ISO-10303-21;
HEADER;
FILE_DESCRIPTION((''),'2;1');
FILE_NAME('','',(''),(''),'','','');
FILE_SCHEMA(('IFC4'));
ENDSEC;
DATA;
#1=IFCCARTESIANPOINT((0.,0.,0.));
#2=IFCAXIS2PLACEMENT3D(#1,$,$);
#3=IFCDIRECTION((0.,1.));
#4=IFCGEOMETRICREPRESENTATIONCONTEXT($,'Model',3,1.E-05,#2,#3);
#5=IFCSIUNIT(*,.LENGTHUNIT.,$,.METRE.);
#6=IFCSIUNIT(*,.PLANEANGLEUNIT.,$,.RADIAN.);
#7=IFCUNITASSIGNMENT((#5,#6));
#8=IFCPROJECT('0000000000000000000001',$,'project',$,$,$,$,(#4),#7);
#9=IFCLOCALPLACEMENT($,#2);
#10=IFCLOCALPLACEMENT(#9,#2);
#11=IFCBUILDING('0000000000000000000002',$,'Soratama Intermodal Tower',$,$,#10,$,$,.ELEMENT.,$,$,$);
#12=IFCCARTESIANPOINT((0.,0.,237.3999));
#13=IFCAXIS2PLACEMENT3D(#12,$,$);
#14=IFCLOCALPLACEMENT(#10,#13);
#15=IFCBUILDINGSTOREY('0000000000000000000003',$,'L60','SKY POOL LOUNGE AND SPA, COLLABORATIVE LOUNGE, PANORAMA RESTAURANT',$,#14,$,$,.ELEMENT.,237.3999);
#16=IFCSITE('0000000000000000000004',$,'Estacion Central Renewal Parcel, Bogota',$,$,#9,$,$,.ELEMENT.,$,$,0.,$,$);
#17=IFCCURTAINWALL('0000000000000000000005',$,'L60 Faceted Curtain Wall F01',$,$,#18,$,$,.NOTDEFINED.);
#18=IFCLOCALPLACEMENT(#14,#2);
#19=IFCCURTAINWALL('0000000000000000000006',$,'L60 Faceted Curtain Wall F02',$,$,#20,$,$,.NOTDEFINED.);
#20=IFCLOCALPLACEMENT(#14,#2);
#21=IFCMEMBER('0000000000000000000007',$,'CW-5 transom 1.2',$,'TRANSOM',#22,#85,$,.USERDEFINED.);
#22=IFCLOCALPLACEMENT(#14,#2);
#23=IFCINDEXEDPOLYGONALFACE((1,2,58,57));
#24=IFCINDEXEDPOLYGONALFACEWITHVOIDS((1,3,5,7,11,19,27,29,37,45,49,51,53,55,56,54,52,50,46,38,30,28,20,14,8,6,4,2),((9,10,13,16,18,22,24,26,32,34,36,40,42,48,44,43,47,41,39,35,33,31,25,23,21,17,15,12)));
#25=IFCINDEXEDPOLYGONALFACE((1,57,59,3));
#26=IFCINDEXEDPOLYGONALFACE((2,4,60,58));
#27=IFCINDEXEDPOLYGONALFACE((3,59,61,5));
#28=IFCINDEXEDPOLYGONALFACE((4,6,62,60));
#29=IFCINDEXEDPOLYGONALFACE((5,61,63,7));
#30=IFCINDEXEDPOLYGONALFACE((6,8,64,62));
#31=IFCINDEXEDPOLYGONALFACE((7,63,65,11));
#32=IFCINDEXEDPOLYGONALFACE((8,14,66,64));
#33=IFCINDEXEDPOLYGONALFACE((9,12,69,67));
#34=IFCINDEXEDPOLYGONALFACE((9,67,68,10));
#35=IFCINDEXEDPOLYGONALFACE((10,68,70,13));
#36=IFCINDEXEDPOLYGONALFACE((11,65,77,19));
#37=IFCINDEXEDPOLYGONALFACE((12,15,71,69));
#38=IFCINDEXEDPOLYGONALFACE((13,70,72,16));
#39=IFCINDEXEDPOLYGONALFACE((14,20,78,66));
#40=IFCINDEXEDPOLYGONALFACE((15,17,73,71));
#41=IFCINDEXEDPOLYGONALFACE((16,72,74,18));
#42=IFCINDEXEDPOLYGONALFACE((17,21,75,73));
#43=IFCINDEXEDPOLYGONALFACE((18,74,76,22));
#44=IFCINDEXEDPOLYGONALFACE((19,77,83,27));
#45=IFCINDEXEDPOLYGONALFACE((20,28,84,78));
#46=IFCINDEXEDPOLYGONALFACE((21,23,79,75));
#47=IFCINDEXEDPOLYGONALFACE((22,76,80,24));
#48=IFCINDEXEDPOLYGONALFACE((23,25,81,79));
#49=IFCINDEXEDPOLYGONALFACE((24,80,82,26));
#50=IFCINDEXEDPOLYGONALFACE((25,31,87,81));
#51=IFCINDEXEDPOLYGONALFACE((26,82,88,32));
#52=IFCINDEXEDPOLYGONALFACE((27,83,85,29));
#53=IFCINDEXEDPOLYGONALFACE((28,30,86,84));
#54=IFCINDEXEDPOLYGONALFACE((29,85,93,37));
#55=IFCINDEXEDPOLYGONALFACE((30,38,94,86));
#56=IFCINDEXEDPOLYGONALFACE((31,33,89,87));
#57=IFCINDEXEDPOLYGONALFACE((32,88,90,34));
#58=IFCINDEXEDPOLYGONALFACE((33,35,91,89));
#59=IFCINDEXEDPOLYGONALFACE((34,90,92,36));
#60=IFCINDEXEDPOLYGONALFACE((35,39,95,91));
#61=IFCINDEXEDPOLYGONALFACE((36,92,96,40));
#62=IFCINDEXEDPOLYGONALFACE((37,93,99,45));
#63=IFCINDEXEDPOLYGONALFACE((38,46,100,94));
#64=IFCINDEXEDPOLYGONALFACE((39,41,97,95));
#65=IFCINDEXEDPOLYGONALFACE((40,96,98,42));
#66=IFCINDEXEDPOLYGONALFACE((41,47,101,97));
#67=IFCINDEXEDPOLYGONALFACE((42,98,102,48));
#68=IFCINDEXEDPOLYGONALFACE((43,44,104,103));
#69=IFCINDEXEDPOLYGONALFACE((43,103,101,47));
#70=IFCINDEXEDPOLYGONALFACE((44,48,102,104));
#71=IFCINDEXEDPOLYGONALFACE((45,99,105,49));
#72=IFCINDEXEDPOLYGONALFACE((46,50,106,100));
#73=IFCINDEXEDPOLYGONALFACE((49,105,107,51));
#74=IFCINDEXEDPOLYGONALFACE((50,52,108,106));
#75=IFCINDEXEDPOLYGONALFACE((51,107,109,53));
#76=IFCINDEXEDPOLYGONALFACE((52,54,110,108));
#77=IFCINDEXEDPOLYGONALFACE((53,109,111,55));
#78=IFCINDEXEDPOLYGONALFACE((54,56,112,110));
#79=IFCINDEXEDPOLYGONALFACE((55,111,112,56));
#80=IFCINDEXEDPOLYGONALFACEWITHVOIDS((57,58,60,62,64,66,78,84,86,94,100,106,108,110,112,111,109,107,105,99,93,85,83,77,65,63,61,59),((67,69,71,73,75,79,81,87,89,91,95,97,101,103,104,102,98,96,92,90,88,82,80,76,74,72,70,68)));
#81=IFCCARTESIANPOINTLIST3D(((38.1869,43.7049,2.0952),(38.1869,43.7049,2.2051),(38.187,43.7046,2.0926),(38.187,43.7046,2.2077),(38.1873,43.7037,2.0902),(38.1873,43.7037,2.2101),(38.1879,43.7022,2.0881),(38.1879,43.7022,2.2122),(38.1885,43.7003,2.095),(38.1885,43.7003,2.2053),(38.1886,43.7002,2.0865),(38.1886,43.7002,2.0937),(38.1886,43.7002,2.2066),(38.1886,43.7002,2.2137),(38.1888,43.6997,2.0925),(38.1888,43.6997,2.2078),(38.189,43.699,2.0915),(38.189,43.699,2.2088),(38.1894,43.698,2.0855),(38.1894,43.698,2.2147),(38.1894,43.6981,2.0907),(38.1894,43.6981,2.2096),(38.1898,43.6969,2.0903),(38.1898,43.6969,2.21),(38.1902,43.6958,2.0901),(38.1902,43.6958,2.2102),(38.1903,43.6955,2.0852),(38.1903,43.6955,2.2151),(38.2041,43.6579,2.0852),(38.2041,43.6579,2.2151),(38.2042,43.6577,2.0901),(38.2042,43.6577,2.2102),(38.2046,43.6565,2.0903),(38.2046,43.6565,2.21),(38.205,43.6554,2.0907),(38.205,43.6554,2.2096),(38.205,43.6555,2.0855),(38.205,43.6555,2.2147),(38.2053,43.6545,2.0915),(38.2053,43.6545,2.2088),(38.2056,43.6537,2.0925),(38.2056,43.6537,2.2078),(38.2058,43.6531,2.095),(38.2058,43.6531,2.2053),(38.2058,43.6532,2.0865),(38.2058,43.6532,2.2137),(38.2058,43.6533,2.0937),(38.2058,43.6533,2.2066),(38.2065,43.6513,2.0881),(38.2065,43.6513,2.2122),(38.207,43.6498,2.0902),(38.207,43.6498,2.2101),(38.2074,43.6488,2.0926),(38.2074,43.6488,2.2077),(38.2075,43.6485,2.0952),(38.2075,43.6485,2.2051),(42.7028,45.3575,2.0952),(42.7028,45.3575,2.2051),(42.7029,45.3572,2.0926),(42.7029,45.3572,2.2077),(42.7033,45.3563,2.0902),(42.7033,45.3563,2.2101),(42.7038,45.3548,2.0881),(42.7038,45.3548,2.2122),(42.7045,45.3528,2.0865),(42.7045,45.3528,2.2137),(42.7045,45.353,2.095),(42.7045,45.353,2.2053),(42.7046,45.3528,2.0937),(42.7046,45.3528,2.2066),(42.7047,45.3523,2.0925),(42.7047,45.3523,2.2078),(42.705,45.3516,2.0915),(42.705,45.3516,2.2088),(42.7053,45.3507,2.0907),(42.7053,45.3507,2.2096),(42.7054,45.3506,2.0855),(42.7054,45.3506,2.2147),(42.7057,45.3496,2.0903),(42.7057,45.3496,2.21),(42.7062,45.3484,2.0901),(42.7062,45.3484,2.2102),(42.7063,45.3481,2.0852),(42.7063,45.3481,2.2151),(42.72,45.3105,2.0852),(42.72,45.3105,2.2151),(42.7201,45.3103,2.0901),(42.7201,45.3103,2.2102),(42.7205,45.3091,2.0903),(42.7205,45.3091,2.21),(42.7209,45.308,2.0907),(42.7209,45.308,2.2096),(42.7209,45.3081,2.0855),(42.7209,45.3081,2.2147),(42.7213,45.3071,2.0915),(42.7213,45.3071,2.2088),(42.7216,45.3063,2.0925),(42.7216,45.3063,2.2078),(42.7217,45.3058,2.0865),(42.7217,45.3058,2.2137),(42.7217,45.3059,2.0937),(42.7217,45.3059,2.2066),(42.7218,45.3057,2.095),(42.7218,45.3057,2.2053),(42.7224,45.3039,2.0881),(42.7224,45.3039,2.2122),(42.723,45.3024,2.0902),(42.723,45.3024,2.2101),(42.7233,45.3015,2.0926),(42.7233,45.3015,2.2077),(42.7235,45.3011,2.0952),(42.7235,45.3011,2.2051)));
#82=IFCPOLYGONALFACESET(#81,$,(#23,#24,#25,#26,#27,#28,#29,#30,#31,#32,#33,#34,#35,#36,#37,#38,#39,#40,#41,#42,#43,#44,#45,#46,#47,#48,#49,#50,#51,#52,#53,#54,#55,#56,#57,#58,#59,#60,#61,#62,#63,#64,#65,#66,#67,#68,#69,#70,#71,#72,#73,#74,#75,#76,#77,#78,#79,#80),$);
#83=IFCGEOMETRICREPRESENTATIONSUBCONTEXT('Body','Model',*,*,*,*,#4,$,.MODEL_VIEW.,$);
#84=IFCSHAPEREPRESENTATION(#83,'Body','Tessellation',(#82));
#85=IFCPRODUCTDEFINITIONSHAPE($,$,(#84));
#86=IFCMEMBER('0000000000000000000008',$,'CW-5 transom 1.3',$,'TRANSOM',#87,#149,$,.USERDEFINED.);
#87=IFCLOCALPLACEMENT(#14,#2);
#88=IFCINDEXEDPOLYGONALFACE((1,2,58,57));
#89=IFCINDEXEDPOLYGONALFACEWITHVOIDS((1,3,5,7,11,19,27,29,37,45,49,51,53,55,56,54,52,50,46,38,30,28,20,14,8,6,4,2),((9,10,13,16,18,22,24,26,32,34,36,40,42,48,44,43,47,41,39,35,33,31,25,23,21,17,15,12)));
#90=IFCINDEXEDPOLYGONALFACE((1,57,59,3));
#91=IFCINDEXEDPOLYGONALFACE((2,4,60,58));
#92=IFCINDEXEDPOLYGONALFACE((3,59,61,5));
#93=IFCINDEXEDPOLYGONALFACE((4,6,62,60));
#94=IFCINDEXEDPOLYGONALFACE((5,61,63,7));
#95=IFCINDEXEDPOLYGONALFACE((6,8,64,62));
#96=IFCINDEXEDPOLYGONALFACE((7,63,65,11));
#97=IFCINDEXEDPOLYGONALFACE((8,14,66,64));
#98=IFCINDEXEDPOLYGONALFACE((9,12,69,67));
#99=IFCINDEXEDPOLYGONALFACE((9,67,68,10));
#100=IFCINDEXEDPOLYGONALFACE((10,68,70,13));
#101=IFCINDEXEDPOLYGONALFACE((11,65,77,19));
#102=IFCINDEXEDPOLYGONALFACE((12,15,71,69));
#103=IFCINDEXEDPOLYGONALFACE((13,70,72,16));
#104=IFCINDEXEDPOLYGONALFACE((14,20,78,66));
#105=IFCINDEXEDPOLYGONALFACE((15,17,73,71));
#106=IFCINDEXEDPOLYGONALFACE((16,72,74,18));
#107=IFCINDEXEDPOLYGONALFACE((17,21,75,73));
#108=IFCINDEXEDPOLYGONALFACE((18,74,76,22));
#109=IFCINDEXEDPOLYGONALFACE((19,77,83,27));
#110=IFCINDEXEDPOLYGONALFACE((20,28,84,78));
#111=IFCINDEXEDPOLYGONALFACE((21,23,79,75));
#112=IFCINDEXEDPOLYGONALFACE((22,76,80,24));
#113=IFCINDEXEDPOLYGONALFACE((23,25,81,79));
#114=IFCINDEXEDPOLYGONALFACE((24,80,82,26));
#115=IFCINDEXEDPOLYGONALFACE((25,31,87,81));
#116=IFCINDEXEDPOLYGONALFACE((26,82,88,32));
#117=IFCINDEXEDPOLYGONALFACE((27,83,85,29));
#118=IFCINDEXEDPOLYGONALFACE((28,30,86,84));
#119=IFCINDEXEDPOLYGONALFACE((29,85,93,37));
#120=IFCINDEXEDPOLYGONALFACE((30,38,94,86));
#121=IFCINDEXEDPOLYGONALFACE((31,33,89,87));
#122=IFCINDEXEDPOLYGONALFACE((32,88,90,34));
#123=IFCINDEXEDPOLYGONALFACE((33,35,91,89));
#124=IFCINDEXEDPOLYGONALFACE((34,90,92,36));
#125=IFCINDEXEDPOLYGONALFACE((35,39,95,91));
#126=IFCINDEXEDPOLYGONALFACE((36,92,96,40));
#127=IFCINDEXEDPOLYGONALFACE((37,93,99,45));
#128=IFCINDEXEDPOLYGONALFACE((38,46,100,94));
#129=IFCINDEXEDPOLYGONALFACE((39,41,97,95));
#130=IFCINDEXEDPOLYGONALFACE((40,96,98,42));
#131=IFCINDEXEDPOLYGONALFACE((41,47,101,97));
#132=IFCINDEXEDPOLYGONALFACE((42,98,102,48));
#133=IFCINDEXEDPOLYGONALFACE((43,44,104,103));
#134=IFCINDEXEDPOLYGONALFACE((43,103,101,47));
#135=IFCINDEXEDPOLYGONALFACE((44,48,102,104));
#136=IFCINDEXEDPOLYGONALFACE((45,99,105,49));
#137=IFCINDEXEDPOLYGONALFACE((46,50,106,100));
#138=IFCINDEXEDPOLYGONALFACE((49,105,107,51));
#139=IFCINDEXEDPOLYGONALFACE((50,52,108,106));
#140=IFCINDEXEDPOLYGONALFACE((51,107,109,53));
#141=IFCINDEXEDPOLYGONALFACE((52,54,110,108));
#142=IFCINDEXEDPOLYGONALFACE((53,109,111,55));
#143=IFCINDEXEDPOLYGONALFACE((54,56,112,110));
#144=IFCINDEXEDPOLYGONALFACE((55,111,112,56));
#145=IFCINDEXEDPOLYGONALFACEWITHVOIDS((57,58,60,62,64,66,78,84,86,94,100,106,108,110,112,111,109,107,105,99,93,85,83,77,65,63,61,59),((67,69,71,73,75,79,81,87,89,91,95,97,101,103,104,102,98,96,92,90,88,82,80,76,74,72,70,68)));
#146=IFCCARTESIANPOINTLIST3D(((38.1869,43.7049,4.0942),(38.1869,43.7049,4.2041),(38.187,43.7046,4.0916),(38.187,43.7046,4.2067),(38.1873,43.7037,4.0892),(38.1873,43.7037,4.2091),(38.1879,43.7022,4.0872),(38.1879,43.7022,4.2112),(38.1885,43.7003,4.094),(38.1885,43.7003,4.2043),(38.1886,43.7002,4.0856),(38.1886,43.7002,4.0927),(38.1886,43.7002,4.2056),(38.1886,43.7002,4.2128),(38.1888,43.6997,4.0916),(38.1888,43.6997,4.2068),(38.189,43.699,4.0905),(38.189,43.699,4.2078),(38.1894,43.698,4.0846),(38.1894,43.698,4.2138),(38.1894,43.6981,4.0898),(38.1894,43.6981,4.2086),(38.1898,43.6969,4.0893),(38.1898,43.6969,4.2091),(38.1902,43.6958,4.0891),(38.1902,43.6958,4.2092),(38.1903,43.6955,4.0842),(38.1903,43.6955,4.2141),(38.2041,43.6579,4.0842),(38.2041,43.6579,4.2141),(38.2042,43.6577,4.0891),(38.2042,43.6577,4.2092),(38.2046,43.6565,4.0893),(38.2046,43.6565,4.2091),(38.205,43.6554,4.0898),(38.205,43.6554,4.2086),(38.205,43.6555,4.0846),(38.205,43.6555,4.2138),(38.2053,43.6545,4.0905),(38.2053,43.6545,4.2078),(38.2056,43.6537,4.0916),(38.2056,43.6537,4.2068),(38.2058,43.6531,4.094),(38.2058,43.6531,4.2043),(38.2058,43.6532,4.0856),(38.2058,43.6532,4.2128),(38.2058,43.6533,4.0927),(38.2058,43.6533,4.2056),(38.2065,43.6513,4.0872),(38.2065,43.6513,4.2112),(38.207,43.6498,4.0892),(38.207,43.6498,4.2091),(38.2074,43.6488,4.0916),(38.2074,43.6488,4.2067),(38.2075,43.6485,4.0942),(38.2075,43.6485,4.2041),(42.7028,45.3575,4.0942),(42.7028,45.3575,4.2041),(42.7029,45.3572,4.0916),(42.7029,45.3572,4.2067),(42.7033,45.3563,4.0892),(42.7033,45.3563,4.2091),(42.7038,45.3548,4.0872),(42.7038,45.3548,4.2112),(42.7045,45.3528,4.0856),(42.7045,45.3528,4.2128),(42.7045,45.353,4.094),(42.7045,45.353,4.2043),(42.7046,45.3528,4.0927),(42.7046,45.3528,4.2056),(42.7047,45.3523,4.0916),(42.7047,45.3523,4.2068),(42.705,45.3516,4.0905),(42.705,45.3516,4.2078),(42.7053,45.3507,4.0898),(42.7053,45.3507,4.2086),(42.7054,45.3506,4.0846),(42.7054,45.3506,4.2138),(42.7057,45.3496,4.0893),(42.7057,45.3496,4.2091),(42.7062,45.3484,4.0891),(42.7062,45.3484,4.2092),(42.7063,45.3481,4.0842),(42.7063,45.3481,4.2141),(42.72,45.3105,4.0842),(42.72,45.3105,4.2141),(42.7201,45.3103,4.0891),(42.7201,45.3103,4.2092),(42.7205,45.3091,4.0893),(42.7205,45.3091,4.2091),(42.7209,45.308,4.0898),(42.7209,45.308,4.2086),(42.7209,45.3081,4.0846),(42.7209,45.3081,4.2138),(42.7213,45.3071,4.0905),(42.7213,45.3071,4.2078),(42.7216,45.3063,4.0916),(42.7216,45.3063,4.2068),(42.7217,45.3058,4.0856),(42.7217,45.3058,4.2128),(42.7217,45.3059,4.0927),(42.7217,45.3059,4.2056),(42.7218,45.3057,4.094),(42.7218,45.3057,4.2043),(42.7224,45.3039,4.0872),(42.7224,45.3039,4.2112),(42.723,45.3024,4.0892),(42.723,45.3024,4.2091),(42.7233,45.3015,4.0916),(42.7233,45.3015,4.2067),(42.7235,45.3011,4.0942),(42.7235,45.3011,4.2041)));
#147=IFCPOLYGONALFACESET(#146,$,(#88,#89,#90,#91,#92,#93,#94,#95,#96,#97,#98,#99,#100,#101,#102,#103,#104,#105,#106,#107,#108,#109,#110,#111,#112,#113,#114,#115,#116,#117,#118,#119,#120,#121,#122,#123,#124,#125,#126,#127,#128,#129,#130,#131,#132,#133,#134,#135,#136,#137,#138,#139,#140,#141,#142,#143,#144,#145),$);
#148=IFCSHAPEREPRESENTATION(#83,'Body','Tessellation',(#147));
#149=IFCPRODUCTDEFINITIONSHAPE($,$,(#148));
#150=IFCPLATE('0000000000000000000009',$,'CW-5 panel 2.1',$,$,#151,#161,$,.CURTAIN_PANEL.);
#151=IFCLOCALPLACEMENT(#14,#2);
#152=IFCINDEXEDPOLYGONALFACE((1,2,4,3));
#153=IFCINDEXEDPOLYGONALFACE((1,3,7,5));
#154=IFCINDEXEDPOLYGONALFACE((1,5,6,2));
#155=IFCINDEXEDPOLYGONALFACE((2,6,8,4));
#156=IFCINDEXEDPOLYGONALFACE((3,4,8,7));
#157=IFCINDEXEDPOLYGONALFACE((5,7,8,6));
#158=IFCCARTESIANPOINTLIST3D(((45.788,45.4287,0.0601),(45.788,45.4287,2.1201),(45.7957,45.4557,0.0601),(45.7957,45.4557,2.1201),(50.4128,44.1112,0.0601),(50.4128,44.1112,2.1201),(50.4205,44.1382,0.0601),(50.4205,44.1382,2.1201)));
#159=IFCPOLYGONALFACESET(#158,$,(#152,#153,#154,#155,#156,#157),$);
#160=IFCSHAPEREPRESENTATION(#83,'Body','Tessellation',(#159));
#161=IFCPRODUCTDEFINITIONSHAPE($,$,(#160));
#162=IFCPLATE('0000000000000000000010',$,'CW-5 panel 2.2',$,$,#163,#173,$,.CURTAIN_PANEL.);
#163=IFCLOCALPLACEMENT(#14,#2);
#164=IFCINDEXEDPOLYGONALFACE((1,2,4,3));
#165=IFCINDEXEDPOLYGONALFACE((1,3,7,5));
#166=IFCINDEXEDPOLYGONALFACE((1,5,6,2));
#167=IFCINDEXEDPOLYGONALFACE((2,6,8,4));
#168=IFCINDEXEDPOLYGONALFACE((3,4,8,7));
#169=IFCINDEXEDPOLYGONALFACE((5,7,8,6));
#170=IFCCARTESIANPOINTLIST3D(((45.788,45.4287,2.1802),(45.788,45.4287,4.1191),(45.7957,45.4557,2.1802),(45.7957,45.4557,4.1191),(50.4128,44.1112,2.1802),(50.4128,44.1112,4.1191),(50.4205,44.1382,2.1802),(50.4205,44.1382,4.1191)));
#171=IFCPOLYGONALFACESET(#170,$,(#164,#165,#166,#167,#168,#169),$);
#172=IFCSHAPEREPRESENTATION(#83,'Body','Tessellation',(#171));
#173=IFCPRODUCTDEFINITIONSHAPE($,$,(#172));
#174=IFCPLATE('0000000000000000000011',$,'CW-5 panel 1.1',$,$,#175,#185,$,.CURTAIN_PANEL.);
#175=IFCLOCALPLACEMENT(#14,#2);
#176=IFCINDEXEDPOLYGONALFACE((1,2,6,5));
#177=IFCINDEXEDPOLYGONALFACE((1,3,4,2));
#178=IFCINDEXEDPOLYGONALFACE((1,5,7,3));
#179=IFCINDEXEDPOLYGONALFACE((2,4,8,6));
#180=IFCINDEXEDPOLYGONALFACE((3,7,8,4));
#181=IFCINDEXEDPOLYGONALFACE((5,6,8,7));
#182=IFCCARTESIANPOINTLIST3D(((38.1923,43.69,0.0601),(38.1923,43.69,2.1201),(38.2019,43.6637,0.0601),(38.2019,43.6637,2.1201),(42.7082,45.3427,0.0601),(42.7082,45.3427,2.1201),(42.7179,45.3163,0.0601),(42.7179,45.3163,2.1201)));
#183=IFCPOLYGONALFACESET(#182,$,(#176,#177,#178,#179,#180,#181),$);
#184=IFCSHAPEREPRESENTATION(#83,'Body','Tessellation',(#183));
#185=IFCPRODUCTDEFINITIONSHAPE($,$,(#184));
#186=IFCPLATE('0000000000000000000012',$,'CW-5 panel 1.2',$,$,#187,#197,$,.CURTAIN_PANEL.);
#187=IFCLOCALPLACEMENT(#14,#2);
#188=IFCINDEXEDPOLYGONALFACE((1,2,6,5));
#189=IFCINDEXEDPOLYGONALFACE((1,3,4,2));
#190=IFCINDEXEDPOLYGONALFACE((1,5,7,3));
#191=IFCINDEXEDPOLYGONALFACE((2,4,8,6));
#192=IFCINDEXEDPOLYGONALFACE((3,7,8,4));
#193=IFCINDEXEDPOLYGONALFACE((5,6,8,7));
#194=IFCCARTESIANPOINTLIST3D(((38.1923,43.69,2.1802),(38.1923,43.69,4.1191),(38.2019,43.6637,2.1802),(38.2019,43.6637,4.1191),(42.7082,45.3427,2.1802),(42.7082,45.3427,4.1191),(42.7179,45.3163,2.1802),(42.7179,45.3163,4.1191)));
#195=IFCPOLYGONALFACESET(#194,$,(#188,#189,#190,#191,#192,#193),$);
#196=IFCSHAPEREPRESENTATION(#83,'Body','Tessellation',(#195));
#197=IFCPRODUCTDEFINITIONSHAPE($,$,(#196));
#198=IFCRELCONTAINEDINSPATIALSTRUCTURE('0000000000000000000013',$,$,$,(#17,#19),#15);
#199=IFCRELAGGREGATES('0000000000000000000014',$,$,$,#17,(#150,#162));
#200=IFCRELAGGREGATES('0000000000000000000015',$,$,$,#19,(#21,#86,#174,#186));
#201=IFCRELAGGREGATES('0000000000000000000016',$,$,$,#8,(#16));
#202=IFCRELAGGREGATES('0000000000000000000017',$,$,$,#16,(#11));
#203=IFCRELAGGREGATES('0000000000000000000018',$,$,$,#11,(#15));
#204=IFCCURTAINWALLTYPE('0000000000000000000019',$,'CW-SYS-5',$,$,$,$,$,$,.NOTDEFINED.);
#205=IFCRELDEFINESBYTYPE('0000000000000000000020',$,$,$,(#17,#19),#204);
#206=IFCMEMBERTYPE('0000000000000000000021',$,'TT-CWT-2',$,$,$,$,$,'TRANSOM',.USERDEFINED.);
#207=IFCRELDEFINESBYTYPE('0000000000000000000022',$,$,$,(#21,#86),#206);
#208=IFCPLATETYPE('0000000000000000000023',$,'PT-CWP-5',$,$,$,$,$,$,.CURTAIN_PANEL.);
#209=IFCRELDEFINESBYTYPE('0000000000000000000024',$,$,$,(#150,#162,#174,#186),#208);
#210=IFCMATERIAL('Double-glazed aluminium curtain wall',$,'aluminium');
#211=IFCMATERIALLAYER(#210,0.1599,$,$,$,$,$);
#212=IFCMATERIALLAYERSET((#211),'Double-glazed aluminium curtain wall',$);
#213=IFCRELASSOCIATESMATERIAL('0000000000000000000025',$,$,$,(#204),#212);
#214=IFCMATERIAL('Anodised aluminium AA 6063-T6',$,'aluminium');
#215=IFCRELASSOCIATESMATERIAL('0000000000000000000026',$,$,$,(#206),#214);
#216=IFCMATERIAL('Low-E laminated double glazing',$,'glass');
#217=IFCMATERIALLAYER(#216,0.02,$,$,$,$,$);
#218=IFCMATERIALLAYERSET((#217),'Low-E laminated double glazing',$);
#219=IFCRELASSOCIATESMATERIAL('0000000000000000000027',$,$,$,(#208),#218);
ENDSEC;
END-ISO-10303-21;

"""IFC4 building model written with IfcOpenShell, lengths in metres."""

from ifc_helpers import new_model, si_unit, direction, frame, origin, origin_2d, place, context, subcontext, project, spatial, rectangle, hollow_rectangle, extrude, material, layer, layer_set, material_profile, profile_set, type_object, element, aggregate, save


model = new_model("IFC4")

# Units and contexts
model_context = context("Model", 3, precision=1e-05, world=origin(), true_north=direction((0.0, 1.0)))
body_context = subcontext(model_context, "Body", "Model", "MODEL_VIEW")
ifc_project = project(units=[si_unit("LENGTHUNIT", "METRE"), si_unit("PLANEANGLEUNIT", "RADIAN")], contexts=[model_context])

# Site, building, storey
site_placement = place(None, origin())
site = spatial("IfcSite", under=ifc_project, at=site_placement, Name="Estacion Central Renewal Parcel, Bogota", CompositionType="ELEMENT", RefElevation=0.0)
building_placement = place(site_placement, origin())
building = spatial("IfcBuilding", under=site, at=building_placement, Name="Soratama Intermodal Tower", CompositionType="ELEMENT")
storey_placement = place(building_placement, frame((0.0, 0.0, 237.3999)))
storey = spatial("IfcBuildingStorey", under=building, at=storey_placement, Name="L60", Description="SKY POOL LOUNGE AND SPA, COLLABORATIVE LOUNGE, PANORAMA RESTAURANT", CompositionType="ELEMENT", Elevation=237.3999)

# Curtain walls
ifc_material_1 = material(Name="Double-glazed aluminium curtain wall", Category="aluminium")
ifc_layer_1 = layer(ifc_material_1, 0.1599)
ifc_layer_set_1 = layer_set([ifc_layer_1], Name="Double-glazed aluminium curtain wall")
curtain_wall_type = type_object("IfcCurtainWallType", Name="CW-SYS-5", PredefinedType="NOTDEFINED", material=ifc_layer_set_1)
curtain_wall_1_placement = place(storey_placement, origin())
curtain_wall_1 = element("IfcCurtainWall", 1, at=curtain_wall_1_placement, inside=storey, type_object=curtain_wall_type, Name="L60 Faceted Curtain Wall F01", PredefinedType="NOTDEFINED")
curtain_wall_2_placement = place(storey_placement, origin())
curtain_wall_2 = element("IfcCurtainWall", 2, at=curtain_wall_2_placement, inside=storey, type_object=curtain_wall_type, Name="L60 Faceted Curtain Wall F02", PredefinedType="NOTDEFINED")

# Members
ifc_material_2 = material(Name="Anodised aluminium AA 6063-T6", Category="aluminium")
ifc_material_profile_1 = material_profile(ifc_material_2, hollow_rectangle(XDim=0.0601, YDim=0.1299, WallThickness=0.0049, InnerFilletRadius=0.0049, OuterFilletRadius=0.01, at=origin_2d()), Name="CWT130X60X5")
ifc_profile_set_1 = profile_set([ifc_material_profile_1], Name="Anodised aluminium AA 6063-T6")
member_type_1 = type_object("IfcMemberType", Name="TT-CWT-2", ElementType="TRANSOM", PredefinedType="USERDEFINED", material=ifc_profile_set_1)
member_1_placement = place(storey_placement, frame((42.7131, 45.3293, 2.1501), z_axis=(-0.939093, -0.343662, 0.0), x_axis=(0.343662, -0.939093, 0.0)))
member_1 = element("IfcMember", 3, at=member_1_placement, type_object=member_type_1, Name="CW-5 transom 1.2", ObjectType="TRANSOM", PredefinedType="USERDEFINED", context=body_context, shape_type="SweptSolid", body=[
    extrude(hollow_rectangle(XDim=0.0601, YDim=0.1299, WallThickness=0.0049, InnerFilletRadius=0.0049, OuterFilletRadius=0.01, at=origin_2d()), origin(), (0.0, 0.0, 1.0), 4.8088),
])
member_2_placement = place(storey_placement, frame((42.7131, 45.3293, 4.1492), z_axis=(-0.939093, -0.343662, 0.0), x_axis=(0.343662, -0.939093, 0.0)))
member_2 = element("IfcMember", 4, at=member_2_placement, type_object=member_type_1, Name="CW-5 transom 1.3", ObjectType="TRANSOM", PredefinedType="USERDEFINED", context=body_context, shape_type="SweptSolid", body=[
    extrude(hollow_rectangle(XDim=0.0601, YDim=0.1299, WallThickness=0.0049, InnerFilletRadius=0.0049, OuterFilletRadius=0.01, at=origin_2d()), origin(), (0.0, 0.0, 1.0), 4.8088),
])

# Plates
ifc_material_3 = material(Name="Low-E laminated double glazing", Category="glass")
ifc_layer_2 = layer(ifc_material_3, 0.02)
ifc_layer_set_2 = layer_set([ifc_layer_2], Name="Low-E laminated double glazing")
plate_type = type_object("IfcPlateType", Name="PT-CWP-5", PredefinedType="CURTAIN_PANEL", material=ifc_layer_set_2)
plate_1_placement = place(storey_placement, frame((48.1042, 44.7834, 0.0601), z_axis=(0.0, 0.0, 1.0), x_axis=(-0.96174, 0.273963, 0.0)))
plate_1 = element("IfcPlate", 5, at=plate_1_placement, type_object=plate_type, Name="CW-5 panel 2.1", PredefinedType="CURTAIN_PANEL", context=body_context, shape_type="SweptSolid", body=[
    extrude(rectangle(XDim=4.8088, YDim=0.0281, at=origin_2d()), origin(), (0.0, 0.0, 1.0), 2.0601),
])
plate_2_placement = place(storey_placement, frame((48.1042, 44.7834, 2.1802), z_axis=(0.0, 0.0, 1.0), x_axis=(-0.96174, 0.273963, 0.0)))
plate_2 = element("IfcPlate", 6, at=plate_2_placement, type_object=plate_type, Name="CW-5 panel 2.2", PredefinedType="CURTAIN_PANEL", context=body_context, shape_type="SweptSolid", body=[
    extrude(rectangle(XDim=4.8088, YDim=0.0281, at=origin_2d()), origin(), (0.0, 0.0, 1.0), 1.939),
])
aggregate(curtain_wall_1, [plate_1, plate_2])
plate_3_placement = place(storey_placement, frame((40.4551, 44.5032, 0.0601), z_axis=(0.0, 0.0, 1.0), x_axis=(-0.939093, -0.343664, 0.0)))
plate_3 = element("IfcPlate", 7, at=plate_3_placement, type_object=plate_type, Name="CW-5 panel 1.1", PredefinedType="CURTAIN_PANEL", context=body_context, shape_type="SweptSolid", body=[
    extrude(rectangle(XDim=4.8088, YDim=0.0281, at=origin_2d()), origin(), (0.0, 0.0, 1.0), 2.0601),
])
plate_4_placement = place(storey_placement, frame((40.4551, 44.5032, 2.1802), z_axis=(0.0, 0.0, 1.0), x_axis=(-0.939093, -0.343664, 0.0)))
plate_4 = element("IfcPlate", 8, at=plate_4_placement, type_object=plate_type, Name="CW-5 panel 1.2", PredefinedType="CURTAIN_PANEL", context=body_context, shape_type="SweptSolid", body=[
    extrude(rectangle(XDim=4.8088, YDim=0.0281, at=origin_2d()), origin(), (0.0, 0.0, 1.0), 1.939),
])
aggregate(curtain_wall_2, [member_1, member_2, plate_3, plate_4])

save(model, "model.ifc")
